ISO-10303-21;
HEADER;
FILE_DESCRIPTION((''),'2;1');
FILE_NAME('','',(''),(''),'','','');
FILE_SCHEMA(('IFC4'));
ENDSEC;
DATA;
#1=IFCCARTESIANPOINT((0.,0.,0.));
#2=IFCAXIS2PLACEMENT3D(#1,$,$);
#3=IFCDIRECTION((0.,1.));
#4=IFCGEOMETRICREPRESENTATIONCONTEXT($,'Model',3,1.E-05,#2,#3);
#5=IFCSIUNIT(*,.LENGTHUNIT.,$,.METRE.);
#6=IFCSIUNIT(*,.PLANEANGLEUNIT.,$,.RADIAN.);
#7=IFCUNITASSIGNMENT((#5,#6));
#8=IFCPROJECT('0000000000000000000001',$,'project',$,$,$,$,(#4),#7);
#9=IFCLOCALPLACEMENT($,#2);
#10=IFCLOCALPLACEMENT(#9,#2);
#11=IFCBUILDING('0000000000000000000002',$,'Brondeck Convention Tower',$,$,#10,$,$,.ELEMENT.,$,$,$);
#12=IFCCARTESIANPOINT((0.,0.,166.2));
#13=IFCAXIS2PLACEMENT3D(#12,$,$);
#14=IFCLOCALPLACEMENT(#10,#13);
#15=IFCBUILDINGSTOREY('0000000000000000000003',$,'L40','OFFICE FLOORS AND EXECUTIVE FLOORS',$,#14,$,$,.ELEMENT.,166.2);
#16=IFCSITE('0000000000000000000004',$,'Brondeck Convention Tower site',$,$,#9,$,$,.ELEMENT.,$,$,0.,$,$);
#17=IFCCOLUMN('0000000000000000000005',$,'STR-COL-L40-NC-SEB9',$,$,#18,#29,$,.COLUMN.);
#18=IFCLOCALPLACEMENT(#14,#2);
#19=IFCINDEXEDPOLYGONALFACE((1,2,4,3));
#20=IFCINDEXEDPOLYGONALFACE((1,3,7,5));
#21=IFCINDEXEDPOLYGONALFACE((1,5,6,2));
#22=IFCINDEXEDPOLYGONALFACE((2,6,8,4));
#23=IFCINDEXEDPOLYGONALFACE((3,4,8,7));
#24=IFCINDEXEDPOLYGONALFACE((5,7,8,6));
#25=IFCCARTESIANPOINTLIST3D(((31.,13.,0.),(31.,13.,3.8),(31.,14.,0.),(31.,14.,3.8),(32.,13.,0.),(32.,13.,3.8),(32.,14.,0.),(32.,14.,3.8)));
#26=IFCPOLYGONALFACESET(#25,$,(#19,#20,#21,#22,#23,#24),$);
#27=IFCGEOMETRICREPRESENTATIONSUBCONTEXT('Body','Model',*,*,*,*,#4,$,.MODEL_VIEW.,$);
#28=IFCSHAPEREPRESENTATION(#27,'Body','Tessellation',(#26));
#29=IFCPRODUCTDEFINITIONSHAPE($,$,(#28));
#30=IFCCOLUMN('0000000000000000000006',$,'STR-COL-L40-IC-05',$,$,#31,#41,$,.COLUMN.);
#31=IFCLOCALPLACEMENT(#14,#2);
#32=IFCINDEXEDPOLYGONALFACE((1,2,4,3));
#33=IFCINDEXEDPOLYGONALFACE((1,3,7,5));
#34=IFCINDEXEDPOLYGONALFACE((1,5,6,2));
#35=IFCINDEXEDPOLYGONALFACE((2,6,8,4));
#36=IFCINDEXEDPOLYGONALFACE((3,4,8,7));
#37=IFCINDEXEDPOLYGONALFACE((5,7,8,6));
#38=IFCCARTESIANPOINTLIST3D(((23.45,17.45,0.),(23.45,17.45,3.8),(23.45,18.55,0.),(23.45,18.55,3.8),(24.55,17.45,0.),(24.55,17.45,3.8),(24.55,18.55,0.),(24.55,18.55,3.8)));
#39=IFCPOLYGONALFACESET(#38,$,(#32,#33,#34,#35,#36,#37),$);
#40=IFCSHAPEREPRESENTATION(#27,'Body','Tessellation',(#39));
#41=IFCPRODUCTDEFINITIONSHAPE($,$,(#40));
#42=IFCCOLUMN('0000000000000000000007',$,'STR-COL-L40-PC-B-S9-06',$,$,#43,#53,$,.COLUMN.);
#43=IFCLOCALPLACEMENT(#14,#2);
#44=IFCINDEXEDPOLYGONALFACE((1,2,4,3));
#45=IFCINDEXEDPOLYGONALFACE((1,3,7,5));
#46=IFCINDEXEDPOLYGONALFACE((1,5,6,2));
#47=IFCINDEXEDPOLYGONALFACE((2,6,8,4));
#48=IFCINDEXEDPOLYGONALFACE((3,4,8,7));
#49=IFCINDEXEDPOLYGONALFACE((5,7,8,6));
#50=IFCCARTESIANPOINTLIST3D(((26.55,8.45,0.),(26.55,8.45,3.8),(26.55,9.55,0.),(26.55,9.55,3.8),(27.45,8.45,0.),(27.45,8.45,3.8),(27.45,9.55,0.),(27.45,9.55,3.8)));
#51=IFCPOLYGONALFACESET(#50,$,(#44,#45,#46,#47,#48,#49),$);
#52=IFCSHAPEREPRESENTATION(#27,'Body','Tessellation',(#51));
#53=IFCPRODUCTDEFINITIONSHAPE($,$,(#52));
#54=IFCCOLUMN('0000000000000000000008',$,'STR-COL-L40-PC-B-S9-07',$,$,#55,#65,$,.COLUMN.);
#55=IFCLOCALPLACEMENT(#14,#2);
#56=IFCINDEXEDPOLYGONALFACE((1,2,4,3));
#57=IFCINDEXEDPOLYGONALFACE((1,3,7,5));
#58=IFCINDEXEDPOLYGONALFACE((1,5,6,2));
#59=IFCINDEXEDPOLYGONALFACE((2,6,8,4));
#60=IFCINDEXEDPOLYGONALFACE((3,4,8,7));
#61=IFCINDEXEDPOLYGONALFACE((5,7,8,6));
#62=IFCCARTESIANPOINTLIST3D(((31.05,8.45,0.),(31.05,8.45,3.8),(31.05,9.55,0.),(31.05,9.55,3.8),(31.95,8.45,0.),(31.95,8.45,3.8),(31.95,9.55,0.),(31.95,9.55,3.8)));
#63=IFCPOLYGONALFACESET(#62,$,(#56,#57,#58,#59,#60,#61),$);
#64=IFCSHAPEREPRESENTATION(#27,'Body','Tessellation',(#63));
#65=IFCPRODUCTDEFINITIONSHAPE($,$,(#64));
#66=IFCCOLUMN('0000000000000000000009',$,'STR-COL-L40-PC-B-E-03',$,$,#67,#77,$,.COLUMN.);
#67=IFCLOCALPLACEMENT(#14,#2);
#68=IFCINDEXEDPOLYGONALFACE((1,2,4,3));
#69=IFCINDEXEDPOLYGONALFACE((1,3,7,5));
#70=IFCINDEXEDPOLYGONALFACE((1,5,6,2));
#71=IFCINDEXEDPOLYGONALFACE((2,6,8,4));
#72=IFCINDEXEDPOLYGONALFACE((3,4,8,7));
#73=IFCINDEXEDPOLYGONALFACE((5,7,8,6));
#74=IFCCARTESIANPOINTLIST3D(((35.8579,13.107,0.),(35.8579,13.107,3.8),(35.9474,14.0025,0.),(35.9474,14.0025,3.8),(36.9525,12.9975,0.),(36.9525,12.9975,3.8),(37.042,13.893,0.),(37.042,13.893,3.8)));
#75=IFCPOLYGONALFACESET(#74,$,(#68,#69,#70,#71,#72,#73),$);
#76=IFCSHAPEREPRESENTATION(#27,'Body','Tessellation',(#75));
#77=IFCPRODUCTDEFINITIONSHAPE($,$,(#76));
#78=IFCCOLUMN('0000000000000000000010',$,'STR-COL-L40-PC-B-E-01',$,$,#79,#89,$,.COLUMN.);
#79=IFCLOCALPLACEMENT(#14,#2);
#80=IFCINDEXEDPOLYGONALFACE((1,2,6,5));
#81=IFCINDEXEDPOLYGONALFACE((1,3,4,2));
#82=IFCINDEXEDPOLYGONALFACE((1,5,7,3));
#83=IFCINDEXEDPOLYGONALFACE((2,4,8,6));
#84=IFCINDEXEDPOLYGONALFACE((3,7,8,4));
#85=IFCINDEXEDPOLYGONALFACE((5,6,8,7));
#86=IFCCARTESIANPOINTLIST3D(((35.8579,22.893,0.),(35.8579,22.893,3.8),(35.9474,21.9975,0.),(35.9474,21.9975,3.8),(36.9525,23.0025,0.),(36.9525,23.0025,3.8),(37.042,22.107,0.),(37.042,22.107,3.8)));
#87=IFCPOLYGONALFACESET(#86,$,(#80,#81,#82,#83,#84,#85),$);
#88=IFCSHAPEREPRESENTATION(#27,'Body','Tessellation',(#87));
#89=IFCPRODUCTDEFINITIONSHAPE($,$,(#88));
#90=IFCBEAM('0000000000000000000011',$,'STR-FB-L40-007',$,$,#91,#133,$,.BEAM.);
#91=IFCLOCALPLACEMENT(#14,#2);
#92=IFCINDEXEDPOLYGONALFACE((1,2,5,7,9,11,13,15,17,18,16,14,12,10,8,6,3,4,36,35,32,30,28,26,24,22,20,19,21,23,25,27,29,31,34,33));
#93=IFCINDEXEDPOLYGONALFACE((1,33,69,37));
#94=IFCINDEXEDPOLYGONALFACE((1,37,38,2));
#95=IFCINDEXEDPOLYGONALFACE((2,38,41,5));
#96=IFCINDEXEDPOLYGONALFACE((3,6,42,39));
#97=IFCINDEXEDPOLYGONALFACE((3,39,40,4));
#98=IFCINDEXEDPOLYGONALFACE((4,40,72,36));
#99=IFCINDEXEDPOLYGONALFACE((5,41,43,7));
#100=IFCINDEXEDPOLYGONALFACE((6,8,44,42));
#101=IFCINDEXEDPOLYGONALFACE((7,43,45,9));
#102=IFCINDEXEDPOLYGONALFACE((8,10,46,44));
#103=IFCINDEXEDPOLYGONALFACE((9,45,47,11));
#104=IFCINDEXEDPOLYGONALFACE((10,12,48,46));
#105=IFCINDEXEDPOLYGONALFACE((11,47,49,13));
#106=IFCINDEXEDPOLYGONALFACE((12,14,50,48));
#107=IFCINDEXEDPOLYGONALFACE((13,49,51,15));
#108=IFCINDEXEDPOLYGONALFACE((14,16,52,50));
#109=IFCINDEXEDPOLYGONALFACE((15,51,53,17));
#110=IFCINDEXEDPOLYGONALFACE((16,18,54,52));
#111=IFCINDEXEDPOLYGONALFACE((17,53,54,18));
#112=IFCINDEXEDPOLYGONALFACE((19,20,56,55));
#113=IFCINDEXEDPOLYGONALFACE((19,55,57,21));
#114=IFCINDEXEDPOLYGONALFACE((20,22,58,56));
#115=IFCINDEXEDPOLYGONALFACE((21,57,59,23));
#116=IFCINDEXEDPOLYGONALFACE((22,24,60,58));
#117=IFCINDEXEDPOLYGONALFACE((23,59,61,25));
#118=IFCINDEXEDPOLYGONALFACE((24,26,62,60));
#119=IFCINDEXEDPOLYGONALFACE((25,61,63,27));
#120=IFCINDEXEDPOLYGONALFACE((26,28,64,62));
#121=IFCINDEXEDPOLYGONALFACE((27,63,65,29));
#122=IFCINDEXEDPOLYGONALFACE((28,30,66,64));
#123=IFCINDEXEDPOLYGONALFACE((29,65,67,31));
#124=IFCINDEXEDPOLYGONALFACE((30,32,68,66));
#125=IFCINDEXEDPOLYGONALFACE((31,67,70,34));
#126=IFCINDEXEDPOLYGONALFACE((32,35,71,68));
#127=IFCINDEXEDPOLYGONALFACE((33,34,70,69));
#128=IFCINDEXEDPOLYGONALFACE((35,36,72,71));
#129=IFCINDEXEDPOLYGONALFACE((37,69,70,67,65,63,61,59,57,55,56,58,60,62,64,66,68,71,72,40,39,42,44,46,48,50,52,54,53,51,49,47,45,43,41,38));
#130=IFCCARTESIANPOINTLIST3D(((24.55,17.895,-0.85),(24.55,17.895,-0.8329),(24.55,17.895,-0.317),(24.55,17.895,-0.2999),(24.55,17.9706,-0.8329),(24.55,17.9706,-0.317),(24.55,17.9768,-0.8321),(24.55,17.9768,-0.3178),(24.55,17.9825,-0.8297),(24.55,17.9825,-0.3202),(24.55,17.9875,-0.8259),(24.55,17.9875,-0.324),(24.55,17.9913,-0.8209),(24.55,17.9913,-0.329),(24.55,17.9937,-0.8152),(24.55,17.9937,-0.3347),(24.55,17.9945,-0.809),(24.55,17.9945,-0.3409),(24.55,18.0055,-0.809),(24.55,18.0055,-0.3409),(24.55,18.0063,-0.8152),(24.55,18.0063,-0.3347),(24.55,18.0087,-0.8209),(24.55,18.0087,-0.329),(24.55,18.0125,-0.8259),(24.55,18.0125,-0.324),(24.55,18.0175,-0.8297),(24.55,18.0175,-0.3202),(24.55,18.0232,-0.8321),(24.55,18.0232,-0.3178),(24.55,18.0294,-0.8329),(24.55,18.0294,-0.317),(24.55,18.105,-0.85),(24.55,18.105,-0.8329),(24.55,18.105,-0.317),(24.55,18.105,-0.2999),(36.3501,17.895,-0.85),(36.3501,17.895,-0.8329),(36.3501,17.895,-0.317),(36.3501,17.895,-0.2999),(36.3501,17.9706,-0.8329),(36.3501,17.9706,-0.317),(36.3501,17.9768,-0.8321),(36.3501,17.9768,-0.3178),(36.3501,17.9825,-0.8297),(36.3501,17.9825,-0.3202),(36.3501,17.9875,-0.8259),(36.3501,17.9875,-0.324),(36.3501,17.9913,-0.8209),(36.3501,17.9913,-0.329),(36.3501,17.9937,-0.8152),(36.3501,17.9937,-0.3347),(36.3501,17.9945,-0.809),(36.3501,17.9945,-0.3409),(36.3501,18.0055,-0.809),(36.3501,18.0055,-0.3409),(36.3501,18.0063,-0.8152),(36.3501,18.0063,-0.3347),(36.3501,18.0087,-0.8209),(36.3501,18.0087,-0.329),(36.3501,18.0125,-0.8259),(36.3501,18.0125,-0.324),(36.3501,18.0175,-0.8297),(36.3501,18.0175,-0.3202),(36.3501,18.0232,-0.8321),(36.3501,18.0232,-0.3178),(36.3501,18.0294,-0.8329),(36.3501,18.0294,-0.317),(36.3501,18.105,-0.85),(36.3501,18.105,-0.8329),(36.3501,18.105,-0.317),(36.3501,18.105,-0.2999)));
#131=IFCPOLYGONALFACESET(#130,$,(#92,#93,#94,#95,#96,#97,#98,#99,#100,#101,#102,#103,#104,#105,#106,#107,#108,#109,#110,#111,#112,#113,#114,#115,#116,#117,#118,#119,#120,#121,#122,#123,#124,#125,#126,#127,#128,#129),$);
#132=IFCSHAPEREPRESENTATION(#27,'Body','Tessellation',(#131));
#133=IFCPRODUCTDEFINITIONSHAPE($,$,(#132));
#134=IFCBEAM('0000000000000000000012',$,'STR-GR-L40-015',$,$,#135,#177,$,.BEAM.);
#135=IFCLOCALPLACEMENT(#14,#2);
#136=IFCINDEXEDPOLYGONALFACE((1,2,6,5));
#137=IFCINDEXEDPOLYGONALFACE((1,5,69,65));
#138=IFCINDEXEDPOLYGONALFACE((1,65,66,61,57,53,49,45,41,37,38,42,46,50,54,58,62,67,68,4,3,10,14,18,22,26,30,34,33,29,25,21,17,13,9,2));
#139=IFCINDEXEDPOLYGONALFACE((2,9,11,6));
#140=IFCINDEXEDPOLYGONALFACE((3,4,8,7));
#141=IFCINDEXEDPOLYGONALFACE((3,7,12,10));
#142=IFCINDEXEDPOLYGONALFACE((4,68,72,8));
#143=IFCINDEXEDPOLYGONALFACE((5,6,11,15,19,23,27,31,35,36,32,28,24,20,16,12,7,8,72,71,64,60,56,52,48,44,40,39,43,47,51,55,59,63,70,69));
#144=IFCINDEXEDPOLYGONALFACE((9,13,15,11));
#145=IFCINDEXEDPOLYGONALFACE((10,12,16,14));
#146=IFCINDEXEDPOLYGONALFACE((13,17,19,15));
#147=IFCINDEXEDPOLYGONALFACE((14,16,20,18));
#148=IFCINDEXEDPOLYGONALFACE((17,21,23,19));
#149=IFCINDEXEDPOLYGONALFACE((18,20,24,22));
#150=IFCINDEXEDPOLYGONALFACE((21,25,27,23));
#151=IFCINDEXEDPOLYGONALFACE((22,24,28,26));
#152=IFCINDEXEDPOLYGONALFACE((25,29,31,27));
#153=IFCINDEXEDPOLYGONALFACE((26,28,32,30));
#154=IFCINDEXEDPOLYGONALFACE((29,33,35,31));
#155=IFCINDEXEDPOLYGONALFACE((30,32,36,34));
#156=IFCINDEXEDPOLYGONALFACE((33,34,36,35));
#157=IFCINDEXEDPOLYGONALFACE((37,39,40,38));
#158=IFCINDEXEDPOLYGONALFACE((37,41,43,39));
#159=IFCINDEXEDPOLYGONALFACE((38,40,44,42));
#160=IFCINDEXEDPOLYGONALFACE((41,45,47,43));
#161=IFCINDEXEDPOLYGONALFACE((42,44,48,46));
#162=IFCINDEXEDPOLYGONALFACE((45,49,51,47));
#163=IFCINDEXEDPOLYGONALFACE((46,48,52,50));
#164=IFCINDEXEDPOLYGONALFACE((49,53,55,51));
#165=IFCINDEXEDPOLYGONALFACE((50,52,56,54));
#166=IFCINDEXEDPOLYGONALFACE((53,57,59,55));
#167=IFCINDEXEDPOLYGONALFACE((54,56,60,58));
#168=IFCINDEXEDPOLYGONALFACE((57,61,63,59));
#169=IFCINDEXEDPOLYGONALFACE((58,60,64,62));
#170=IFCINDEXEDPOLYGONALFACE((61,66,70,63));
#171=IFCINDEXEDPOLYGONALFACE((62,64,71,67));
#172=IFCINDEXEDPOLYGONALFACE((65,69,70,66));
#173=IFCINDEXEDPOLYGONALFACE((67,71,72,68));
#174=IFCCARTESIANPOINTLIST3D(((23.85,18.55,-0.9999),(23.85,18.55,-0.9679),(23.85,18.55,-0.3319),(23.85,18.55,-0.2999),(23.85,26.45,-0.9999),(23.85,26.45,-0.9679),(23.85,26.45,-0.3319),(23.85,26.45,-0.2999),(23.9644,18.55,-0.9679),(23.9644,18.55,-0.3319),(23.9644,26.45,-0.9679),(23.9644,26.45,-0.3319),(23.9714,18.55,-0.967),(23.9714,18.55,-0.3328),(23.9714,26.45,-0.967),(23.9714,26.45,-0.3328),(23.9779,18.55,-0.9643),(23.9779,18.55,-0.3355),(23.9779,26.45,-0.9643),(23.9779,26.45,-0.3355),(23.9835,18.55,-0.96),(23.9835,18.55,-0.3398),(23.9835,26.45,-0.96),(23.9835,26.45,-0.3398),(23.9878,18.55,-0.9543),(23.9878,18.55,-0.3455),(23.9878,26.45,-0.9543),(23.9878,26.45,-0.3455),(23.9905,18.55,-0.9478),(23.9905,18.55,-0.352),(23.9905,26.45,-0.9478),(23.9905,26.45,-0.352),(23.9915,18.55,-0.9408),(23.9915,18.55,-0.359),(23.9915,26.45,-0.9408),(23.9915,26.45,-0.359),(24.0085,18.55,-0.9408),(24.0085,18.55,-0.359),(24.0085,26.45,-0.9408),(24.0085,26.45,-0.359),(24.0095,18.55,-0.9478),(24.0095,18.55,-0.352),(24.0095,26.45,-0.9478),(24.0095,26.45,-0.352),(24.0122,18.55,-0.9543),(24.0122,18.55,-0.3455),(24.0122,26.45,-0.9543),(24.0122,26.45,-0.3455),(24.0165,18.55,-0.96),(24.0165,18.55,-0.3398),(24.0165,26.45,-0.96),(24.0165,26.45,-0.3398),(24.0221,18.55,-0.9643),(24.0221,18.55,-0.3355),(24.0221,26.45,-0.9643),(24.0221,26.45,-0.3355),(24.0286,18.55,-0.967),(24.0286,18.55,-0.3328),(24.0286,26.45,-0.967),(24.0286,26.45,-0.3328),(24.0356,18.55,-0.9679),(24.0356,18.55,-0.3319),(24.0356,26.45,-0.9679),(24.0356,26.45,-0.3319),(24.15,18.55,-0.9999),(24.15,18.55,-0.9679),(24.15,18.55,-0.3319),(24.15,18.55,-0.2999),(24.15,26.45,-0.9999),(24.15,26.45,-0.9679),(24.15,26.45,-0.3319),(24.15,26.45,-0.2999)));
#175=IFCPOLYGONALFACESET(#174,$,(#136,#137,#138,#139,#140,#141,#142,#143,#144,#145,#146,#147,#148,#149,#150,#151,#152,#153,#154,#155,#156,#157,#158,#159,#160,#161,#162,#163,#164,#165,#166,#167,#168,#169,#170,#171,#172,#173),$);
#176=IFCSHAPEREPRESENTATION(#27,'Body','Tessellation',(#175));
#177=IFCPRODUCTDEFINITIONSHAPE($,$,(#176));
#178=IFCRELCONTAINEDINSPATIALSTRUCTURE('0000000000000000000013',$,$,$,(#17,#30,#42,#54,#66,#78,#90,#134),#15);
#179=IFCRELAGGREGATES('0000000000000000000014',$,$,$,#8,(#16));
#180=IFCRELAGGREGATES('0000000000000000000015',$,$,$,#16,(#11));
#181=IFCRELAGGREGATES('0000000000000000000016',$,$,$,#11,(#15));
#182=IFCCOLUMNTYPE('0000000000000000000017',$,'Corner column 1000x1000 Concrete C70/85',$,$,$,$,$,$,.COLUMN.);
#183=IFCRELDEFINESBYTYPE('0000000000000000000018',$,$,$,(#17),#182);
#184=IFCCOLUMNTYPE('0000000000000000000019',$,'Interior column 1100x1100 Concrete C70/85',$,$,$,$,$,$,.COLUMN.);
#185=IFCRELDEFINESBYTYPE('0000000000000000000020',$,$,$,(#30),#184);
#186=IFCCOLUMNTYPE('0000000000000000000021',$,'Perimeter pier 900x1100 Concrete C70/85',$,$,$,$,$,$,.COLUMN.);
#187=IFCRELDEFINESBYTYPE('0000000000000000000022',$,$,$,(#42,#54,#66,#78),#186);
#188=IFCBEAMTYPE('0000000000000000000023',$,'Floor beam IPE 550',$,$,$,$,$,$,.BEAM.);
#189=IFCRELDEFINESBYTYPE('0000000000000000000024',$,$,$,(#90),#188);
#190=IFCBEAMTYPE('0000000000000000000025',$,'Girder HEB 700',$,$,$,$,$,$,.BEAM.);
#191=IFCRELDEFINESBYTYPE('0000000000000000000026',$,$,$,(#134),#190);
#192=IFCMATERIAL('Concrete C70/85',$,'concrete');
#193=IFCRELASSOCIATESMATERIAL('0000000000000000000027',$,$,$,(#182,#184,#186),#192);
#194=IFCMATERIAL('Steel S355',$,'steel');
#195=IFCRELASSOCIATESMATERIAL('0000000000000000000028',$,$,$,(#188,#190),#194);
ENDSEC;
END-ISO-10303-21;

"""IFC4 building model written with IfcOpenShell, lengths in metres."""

from ifc_helpers import new_model, si_unit, direction, frame, origin, origin_2d, place, context, subcontext, project, spatial, rectangle, i_section, extrude, material, material_profile, profile_set, type_object, element, save


model = new_model("IFC4")

# Units and contexts
model_context = context("Model", 3, precision=1e-05, world=origin(), true_north=direction((0.0, 1.0)))
body_context = subcontext(model_context, "Body", "Model", "MODEL_VIEW")
ifc_project = project(units=[si_unit("LENGTHUNIT", "METRE"), si_unit("PLANEANGLEUNIT", "RADIAN")], contexts=[model_context])

# Site, building, storey
site_placement = place(None, origin())
site = spatial("IfcSite", under=ifc_project, at=site_placement, Name="Brondeck Convention Tower site", CompositionType="ELEMENT", RefElevation=0.0)
building_placement = place(site_placement, origin())
building = spatial("IfcBuilding", under=site, at=building_placement, Name="Brondeck Convention Tower", CompositionType="ELEMENT")
storey_placement = place(building_placement, frame((0.0, 0.0, 166.2)))
storey = spatial("IfcBuildingStorey", under=building, at=storey_placement, Name="L40", Description="OFFICE FLOORS AND EXECUTIVE FLOORS", CompositionType="ELEMENT", Elevation=166.2)

# Columns
ifc_material_1 = material(Name="Concrete C70/85", Category="concrete")
ifc_material_profile_1 = material_profile(ifc_material_1, rectangle(XDim=1.0, YDim=1.0, at=origin_2d()), Name="Corner column 1000x1000 Concrete C70/85")
ifc_profile_set_1 = profile_set([ifc_material_profile_1], Name="Concrete C70/85")
column_type_1 = type_object("IfcColumnType", Name="Corner column 1000x1000 Concrete C70/85", PredefinedType="COLUMN", material=ifc_profile_set_1)
column_1_placement = place(storey_placement, frame((31.5, 13.5, 0.0), z_axis=(0.0, 0.0, 1.0), x_axis=(1.0, 0.0, 0.0)))
element("IfcColumn", 1, at=column_1_placement, inside=storey, type_object=column_type_1, Name="STR-COL-L40-NC-SEB9", PredefinedType="COLUMN", context=body_context, shape_type="SweptSolid", body=[
    extrude(rectangle(XDim=1.0, YDim=1.0, at=origin_2d()), origin(), (0.0, 0.0, 1.0), 3.8),
])
ifc_material_profile_2 = material_profile(ifc_material_1, rectangle(XDim=1.1001, YDim=1.1001, at=origin_2d()), Name="Interior column 1100x1100 Concrete C70/85")
ifc_profile_set_2 = profile_set([ifc_material_profile_2], Name="Concrete C70/85")
column_type_2 = type_object("IfcColumnType", Name="Interior column 1100x1100 Concrete C70/85", PredefinedType="COLUMN", material=ifc_profile_set_2)
column_2_placement = place(storey_placement, frame((24.0, 18.0, 0.0), z_axis=(0.0, 0.0, 1.0), x_axis=(1.0, 0.0, 0.0)))
element("IfcColumn", 2, at=column_2_placement, inside=storey, type_object=column_type_2, Name="STR-COL-L40-IC-05", PredefinedType="COLUMN", context=body_context, shape_type="SweptSolid", body=[
    extrude(rectangle(XDim=1.1001, YDim=1.1001, at=origin_2d()), origin(), (0.0, 0.0, 1.0), 3.8),
])
ifc_material_profile_3 = material_profile(ifc_material_1, rectangle(XDim=0.8999, YDim=1.1001, at=origin_2d()), Name="Perimeter pier 900x1100 Concrete C70/85")
ifc_profile_set_3 = profile_set([ifc_material_profile_3], Name="Concrete C70/85")
column_type_3 = type_object("IfcColumnType", Name="Perimeter pier 900x1100 Concrete C70/85", PredefinedType="COLUMN", material=ifc_profile_set_3)
for number, where, z_axis, x_axis, name in (
    (3, (27.0, 9.0, 0.0), (0.0, 0.0, 1.0), (1.0, 0.0, 0.0), "STR-COL-L40-PC-B-S9-06"),
    (4, (31.5, 9.0, 0.0), (0.0, 0.0, 1.0), (1.0, 0.0, 0.0), "STR-COL-L40-PC-B-S9-07"),
    (5, (36.45, 13.5, 0.0), (0.0, 0.0, 1.0), (0.099504, 0.995037, 0.0), "STR-COL-L40-PC-B-E-03"),
    (6, (36.45, 22.5, 0.0), (0.0, 0.0, 1.0), (-0.099504, 0.995037, 0.0), "STR-COL-L40-PC-B-E-01"),
):
    element("IfcColumn", number, at=place(storey_placement, frame(where, z_axis=z_axis, x_axis=x_axis)), inside=storey, type_object=column_type_3, Name=name, PredefinedType="COLUMN", context=body_context, shape_type="SweptSolid", body=[
        extrude(rectangle(XDim=0.8999, YDim=1.1001, at=origin_2d()), origin(), (0.0, 0.0, 1.0), 3.8),
    ])

# Beams
ifc_material_2 = material(Name="Steel S355", Category="steel")
ifc_material_profile_4 = material_profile(ifc_material_2, i_section(OverallWidth=0.21, OverallDepth=0.55, WebThickness=0.011, FlangeThickness=0.0171, FilletRadius=0.0239, at=origin_2d()), Name="IPE 550")
ifc_profile_set_4 = profile_set([ifc_material_profile_4], Name="Steel S355")
beam_type_1 = type_object("IfcBeamType", Name="Floor beam IPE 550", PredefinedType="BEAM", material=ifc_profile_set_4)
beam_1_placement = place(storey_placement, frame((24.55, 18.0, -0.575), z_axis=(1.0, 0.0, 0.0), x_axis=(0.0, 1.0, 0.0)))
element("IfcBeam", 7, at=beam_1_placement, inside=storey, type_object=beam_type_1, Name="STR-FB-L40-007", PredefinedType="BEAM", context=body_context, shape_type="SweptSolid", body=[
    extrude(i_section(OverallWidth=0.21, OverallDepth=0.55, WebThickness=0.011, FlangeThickness=0.0171, FilletRadius=0.0239, at=origin_2d()), origin(), (0.0, 0.0, 1.0), 11.8),
])
ifc_material_profile_5 = material_profile(ifc_material_2, i_section(OverallWidth=0.3, OverallDepth=0.7, WebThickness=0.0171, FlangeThickness=0.032, FilletRadius=0.0271, at=origin_2d()), Name="HEB 700")
ifc_profile_set_5 = profile_set([ifc_material_profile_5], Name="Steel S355")
beam_type_2 = type_object("IfcBeamType", Name="Girder HEB 700", PredefinedType="BEAM", material=ifc_profile_set_5)
beam_2_placement = place(storey_placement, frame((24.0, 26.45, -0.6499), z_axis=(0.0, -1.0, 0.0), x_axis=(1.0, 0.0, 0.0)))
element("IfcBeam", 8, at=beam_2_placement, inside=storey, type_object=beam_type_2, Name="STR-GR-L40-015", PredefinedType="BEAM", context=body_context, shape_type="SweptSolid", body=[
    extrude(i_section(OverallWidth=0.3, OverallDepth=0.7, WebThickness=0.0171, FlangeThickness=0.032, FilletRadius=0.0271, at=origin_2d()), origin(), (0.0, 0.0, 1.0), 7.8999),
])

save(model, "model.ifc")
